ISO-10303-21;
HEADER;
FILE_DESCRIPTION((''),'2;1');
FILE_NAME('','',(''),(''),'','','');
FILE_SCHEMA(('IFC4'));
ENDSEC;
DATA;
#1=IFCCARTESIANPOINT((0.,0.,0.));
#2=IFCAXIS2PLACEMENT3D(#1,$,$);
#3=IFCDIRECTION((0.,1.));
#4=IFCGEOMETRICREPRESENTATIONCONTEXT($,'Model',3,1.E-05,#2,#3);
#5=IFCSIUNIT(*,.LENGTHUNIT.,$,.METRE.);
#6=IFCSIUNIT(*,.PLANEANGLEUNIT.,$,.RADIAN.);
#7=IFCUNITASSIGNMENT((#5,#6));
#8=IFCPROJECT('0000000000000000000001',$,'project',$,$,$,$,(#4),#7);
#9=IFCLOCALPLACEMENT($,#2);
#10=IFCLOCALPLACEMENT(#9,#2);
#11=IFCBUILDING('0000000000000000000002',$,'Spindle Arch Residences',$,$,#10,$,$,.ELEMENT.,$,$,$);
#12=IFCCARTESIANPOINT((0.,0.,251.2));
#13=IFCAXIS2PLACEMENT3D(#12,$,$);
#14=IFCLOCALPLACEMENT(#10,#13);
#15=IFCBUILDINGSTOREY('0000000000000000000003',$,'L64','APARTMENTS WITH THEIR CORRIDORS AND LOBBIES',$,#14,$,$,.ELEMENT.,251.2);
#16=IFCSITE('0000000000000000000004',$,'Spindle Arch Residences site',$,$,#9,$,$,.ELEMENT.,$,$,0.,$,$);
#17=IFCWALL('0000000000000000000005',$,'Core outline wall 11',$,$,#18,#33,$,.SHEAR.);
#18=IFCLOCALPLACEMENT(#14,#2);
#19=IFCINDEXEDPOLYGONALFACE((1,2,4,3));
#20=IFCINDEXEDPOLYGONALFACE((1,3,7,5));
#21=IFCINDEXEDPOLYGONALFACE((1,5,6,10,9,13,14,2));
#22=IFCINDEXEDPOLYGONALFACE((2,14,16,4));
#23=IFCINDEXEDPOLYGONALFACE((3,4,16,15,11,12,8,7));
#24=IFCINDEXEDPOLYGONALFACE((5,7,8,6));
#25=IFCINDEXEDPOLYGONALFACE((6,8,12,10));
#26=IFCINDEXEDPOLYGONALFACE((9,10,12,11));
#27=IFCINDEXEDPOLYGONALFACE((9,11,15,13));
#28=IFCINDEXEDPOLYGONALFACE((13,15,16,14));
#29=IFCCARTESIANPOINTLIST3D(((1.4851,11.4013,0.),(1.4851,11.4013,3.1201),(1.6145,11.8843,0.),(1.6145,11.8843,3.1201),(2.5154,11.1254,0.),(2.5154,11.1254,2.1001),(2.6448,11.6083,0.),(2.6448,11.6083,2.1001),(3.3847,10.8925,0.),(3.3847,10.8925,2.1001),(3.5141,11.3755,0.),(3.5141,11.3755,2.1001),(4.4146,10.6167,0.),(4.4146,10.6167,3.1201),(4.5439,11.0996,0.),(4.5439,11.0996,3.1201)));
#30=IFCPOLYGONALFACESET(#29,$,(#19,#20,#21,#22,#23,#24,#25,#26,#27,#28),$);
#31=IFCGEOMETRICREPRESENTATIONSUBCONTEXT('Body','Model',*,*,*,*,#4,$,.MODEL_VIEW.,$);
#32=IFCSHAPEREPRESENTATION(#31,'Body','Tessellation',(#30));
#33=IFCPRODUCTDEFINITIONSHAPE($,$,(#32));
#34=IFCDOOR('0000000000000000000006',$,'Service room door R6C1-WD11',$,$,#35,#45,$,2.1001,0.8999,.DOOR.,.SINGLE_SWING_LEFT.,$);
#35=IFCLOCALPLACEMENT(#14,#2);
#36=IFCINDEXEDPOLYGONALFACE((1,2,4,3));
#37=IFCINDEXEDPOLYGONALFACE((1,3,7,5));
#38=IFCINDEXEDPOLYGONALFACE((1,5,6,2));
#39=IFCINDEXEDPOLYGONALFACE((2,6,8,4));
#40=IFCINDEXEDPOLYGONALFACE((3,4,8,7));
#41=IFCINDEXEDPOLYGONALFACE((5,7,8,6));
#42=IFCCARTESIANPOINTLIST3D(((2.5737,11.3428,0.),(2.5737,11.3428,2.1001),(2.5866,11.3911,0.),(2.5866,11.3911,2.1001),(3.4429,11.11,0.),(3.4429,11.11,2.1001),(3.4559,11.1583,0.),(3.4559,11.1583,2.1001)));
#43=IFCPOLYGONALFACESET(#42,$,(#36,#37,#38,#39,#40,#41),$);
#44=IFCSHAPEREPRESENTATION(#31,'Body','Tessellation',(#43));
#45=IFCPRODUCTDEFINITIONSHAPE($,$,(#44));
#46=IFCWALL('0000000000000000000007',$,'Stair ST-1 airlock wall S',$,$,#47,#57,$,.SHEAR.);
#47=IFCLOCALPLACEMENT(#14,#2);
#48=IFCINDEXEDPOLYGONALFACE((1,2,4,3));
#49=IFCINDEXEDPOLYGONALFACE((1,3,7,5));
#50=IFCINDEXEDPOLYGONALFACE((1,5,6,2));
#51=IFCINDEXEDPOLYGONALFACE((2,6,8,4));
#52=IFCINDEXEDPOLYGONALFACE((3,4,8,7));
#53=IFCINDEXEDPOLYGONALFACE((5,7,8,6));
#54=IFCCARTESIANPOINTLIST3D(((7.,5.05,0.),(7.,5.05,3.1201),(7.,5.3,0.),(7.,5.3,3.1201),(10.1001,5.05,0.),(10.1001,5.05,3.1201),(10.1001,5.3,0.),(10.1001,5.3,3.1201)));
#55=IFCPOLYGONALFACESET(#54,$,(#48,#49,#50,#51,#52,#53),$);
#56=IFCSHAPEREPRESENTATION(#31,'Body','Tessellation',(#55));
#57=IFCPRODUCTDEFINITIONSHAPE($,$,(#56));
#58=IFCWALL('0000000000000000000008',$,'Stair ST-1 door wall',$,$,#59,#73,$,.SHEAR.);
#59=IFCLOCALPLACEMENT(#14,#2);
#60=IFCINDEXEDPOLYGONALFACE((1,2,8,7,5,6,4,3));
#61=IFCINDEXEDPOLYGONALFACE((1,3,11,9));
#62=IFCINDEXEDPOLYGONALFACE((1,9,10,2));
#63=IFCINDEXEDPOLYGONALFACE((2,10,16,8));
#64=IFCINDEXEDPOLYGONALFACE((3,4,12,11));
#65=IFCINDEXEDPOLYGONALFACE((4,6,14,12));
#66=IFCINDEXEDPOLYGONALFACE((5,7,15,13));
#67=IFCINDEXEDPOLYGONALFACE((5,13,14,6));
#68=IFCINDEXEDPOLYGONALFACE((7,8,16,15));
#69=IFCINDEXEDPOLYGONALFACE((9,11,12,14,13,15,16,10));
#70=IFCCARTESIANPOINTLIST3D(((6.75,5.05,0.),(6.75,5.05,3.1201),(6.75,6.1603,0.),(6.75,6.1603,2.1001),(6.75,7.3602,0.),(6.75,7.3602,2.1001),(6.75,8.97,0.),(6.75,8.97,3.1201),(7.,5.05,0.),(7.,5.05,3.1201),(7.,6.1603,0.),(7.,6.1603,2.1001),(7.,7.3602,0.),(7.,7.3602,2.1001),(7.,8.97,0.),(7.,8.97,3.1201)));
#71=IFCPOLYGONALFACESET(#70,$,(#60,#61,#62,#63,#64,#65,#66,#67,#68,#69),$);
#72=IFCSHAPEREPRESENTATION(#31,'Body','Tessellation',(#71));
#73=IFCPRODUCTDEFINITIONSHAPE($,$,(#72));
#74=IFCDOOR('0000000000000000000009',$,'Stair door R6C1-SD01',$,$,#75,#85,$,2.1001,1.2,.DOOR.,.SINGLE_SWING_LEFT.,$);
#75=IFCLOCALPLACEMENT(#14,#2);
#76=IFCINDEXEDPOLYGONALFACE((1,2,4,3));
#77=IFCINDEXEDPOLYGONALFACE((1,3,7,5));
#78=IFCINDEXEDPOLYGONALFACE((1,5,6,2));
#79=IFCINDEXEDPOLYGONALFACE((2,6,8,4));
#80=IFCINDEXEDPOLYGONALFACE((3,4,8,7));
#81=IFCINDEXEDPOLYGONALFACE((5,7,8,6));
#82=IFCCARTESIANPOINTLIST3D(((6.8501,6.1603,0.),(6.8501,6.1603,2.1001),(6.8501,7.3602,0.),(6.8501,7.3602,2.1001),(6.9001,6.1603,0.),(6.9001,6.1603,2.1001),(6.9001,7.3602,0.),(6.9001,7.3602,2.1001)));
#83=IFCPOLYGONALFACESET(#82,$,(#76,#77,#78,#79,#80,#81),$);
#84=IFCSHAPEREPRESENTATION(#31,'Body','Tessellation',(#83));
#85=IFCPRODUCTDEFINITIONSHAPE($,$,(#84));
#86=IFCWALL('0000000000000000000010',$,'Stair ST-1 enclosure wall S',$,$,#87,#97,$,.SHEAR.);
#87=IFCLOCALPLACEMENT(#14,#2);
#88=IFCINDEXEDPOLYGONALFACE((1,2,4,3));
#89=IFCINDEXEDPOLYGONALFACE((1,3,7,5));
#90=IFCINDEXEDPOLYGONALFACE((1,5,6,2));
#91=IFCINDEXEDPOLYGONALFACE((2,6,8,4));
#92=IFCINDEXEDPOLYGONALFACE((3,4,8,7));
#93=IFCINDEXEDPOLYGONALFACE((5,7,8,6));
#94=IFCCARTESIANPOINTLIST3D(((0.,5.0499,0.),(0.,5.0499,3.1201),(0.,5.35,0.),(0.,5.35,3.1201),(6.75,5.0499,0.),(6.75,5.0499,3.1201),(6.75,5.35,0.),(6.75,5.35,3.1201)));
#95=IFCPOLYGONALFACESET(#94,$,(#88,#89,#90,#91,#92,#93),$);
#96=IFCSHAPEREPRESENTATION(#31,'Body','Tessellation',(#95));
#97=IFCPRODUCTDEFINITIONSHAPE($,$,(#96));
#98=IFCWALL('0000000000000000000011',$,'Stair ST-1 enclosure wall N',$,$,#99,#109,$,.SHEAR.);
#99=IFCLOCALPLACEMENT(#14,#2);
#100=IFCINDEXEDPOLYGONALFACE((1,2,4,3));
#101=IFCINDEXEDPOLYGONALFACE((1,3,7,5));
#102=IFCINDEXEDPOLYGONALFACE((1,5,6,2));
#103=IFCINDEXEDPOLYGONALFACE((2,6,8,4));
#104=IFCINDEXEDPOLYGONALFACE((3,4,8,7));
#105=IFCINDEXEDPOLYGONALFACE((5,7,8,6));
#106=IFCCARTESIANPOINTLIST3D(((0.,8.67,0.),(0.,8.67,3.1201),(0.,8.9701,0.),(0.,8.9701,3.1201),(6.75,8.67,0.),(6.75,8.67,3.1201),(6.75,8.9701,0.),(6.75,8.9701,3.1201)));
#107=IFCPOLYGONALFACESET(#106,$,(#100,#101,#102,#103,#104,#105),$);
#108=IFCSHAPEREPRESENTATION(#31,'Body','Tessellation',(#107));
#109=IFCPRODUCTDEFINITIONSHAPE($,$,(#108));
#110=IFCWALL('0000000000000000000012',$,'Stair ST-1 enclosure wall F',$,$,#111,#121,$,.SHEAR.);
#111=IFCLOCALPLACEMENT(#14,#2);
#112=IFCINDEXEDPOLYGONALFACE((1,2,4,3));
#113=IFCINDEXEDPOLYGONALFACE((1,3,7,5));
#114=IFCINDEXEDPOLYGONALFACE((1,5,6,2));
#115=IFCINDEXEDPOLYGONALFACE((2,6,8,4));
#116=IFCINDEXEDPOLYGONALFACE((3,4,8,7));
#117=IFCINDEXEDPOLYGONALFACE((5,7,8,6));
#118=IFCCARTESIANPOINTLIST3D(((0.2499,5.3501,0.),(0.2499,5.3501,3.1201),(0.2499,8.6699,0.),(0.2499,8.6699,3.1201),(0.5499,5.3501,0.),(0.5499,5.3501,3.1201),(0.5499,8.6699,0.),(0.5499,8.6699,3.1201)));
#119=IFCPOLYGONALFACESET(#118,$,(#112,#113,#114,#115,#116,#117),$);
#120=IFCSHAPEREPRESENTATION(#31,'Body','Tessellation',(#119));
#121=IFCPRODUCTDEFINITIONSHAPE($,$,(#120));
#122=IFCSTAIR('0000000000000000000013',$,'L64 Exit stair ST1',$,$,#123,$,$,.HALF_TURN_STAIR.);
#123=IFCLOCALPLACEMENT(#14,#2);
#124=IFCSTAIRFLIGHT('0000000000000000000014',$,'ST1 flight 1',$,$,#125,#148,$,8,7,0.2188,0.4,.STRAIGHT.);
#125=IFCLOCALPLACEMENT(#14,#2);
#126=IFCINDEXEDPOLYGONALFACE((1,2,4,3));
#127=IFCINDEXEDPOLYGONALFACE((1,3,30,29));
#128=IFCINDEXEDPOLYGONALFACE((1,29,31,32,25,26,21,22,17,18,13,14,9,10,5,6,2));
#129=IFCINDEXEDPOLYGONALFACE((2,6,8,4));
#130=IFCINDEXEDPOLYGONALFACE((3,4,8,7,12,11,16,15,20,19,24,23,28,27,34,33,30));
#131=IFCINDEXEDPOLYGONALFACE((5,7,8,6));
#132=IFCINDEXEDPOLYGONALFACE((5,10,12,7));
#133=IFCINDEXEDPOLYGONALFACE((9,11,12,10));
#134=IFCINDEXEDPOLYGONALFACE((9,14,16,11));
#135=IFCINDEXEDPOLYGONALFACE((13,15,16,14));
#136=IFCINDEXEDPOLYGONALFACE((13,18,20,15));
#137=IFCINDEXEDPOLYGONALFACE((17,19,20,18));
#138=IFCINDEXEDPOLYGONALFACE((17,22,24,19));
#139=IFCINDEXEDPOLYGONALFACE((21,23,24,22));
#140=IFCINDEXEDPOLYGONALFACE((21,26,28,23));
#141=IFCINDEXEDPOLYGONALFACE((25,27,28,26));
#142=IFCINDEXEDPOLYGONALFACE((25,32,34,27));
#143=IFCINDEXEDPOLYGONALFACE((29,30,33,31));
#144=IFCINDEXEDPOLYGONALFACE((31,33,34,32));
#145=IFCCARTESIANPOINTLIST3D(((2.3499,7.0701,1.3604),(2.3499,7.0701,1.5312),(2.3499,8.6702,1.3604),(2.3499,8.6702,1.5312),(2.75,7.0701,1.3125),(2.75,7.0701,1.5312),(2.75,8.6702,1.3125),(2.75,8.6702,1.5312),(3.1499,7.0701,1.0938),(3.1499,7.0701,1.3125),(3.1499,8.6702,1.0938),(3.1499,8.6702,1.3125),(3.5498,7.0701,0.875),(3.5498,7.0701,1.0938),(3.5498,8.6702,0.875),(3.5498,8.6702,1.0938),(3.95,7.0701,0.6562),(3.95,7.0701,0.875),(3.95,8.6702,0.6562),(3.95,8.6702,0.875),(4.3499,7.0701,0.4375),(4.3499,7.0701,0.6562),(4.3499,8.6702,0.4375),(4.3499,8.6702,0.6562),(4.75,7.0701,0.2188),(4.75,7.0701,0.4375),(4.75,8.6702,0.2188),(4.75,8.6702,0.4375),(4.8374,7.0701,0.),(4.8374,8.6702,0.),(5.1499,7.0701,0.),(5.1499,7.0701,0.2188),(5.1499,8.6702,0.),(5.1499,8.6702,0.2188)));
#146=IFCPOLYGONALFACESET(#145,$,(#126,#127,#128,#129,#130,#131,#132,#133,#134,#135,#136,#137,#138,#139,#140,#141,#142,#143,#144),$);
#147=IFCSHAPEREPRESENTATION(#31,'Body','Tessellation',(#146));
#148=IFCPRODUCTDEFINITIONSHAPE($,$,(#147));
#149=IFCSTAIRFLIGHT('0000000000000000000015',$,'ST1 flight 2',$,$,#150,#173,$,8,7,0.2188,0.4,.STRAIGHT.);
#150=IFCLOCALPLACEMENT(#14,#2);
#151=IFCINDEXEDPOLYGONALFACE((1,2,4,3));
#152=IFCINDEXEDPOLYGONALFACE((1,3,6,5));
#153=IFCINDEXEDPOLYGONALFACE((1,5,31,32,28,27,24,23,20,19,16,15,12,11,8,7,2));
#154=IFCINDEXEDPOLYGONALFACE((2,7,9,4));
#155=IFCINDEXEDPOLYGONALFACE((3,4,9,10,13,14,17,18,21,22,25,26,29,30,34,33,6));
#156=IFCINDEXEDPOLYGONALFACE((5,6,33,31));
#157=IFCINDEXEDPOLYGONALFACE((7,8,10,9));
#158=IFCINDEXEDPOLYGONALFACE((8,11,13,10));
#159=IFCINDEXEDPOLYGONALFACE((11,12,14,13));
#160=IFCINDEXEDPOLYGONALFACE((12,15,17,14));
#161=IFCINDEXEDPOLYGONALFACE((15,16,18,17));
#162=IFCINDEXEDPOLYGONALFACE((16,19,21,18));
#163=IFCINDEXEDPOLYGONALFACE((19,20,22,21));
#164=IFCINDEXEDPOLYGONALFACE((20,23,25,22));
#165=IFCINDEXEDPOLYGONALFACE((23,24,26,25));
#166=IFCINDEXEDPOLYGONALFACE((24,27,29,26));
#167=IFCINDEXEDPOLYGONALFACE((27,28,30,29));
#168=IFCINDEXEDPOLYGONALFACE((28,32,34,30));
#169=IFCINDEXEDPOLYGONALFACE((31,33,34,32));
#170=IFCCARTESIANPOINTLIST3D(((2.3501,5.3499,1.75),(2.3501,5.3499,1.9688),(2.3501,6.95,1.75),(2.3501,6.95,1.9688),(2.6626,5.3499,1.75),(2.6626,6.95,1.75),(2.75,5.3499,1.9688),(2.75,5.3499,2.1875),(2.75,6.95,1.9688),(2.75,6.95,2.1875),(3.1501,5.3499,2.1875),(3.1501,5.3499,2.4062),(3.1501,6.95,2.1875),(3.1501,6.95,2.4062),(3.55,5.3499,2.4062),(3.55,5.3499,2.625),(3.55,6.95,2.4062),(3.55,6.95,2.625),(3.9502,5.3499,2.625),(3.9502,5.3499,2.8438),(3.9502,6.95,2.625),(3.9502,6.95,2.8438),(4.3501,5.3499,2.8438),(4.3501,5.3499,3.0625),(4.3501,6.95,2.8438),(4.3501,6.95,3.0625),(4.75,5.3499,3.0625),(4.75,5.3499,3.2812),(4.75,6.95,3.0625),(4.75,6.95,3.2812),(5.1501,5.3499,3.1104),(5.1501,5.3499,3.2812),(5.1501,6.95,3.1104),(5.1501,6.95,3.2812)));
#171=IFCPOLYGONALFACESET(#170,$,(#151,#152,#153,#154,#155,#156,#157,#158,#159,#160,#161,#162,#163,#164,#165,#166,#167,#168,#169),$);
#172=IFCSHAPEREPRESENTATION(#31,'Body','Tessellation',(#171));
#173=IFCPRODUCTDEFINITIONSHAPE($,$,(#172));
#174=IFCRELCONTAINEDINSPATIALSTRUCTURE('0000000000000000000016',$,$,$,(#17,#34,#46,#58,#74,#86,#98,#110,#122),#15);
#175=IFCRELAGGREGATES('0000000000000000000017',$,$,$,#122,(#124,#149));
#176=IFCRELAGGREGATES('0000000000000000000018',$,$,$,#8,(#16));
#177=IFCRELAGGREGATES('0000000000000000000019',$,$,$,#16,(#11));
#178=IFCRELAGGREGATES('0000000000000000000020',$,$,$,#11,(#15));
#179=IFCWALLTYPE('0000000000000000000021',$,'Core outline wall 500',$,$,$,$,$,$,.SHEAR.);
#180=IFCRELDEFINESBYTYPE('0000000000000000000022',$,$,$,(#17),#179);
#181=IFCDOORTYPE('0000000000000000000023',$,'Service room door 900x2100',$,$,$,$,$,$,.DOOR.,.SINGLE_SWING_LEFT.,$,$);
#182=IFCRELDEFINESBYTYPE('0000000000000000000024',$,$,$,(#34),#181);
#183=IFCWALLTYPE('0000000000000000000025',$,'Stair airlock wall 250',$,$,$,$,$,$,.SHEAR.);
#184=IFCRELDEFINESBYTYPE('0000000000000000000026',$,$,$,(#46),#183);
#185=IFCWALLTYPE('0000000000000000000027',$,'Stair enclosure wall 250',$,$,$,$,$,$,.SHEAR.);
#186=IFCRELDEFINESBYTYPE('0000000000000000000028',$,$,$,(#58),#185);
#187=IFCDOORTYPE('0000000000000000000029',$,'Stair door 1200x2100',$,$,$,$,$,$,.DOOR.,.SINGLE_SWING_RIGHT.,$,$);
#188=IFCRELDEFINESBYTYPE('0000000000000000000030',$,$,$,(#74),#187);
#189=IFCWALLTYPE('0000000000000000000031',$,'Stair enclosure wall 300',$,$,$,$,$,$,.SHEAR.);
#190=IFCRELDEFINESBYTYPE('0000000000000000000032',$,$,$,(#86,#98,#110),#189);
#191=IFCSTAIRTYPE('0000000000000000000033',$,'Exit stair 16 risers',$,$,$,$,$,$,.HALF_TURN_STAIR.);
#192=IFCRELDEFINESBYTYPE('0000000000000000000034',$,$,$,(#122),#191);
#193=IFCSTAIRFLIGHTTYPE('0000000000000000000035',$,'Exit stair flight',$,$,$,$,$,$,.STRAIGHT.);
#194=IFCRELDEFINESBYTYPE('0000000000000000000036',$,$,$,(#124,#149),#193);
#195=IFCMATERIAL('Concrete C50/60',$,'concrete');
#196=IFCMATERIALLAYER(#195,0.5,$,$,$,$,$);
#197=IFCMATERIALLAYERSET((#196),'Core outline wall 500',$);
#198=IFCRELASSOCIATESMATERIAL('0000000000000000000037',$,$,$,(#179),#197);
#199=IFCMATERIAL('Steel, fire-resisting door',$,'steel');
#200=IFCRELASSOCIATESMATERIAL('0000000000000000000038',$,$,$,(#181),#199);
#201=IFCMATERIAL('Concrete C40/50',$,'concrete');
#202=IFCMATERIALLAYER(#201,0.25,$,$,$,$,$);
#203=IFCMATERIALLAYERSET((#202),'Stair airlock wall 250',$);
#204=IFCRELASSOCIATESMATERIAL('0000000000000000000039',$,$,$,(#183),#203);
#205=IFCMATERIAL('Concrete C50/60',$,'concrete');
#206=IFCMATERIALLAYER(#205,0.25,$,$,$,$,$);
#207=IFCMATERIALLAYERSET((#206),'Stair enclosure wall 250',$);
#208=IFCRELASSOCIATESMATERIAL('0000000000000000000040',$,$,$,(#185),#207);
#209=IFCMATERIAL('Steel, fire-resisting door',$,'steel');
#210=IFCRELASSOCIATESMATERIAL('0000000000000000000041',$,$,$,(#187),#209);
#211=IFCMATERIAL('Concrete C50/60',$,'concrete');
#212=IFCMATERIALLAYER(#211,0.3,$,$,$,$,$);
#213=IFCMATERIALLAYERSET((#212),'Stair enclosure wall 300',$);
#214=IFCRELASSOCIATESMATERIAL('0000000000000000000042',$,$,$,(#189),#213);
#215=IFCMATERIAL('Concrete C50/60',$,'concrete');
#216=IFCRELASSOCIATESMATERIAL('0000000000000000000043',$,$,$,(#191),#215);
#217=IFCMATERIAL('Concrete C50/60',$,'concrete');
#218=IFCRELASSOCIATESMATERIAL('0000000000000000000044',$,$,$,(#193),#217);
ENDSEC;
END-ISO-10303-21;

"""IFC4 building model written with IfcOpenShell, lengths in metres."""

from ifc_helpers import new_model, si_unit, direction, frame, frame_2d, origin, place, context, subcontext, project, spatial, polyline, rectangle, outline, extrude, material, layer, layer_set, type_object, element, fill, aggregate, save


model = new_model("IFC4")

# Units and contexts
model_context = context("Model", 3, precision=1e-05, world=origin(), true_north=direction((0.0, 1.0)))
body_context = subcontext(model_context, "Body", "Model", "MODEL_VIEW")
ifc_project = project(units=[si_unit("LENGTHUNIT", "METRE"), si_unit("PLANEANGLEUNIT", "RADIAN")], contexts=[model_context])

# Site, building, storey
site_placement = place(None, origin())
site = spatial("IfcSite", under=ifc_project, at=site_placement, Name="Spindle Arch Residences site", CompositionType="ELEMENT", RefElevation=0.0)
building_placement = place(site_placement, origin())
building = spatial("IfcBuilding", under=site, at=building_placement, Name="Spindle Arch Residences", CompositionType="ELEMENT")
storey_placement = place(building_placement, frame((0.0, 0.0, 251.2)))
storey = spatial("IfcBuildingStorey", under=building, at=storey_placement, Name="L64", Description="APARTMENTS WITH THEIR CORRIDORS AND LOBBIES", CompositionType="ELEMENT", Elevation=251.2)

# Wall, opening, door
ifc_material_1 = material(Name="Concrete C50/60", Category="concrete")
ifc_layer_1 = layer(ifc_material_1, 0.5)
ifc_layer_set_1 = layer_set([ifc_layer_1], Name="Core outline wall 500")
wall_type_1 = type_object("IfcWallType", Name="Core outline wall 500", PredefinedType="SHEAR", material=ifc_layer_set_1)
wall_1_placement = place(storey_placement, frame((4.4792, 10.8582, 0.0), z_axis=(0.0, 0.0, 1.0), x_axis=(-0.965948, 0.258735, 0.0)))
wall_1 = element("IfcWall", 1, at=wall_1_placement, inside=storey, type_object=wall_type_1, Name="Core outline wall 11", PredefinedType="SHEAR", context=body_context, shape_type="SweptSolid", body=[
    extrude(rectangle(XDim=3.0327, YDim=0.5, at=frame_2d((1.5164, 0.0))), origin(), (0.0, 0.0, 1.0), 3.1201),
])
opening_1_placement = place(wall_1_placement, frame((1.0662, 0.0, 0.0)))
opening_1 = element("IfcOpeningElement", 2, at=opening_1_placement, cuts=wall_1, PredefinedType="OPENING", context=body_context, shape_type="SweptSolid", body=[
    extrude(rectangle(XDim=0.8999, YDim=2.1001, at=frame_2d((0.45, 1.05))), frame((0.0, 0.26, 0.0), z_axis=(0.0, -1.0, 0.0), x_axis=(1.0, 0.0, 0.0)), (0.0, 0.0, 1.0), 0.52),
])
ifc_material_2 = material(Name="Steel, fire-resisting door", Category="steel")
door_type_1 = type_object("IfcDoorType", Name="Service room door 900x2100", OperationType="SINGLE_SWING_LEFT", PredefinedType="DOOR", material=ifc_material_2)
door_1_placement = place(opening_1_placement, origin())
door_1 = element("IfcDoor", 3, at=door_1_placement, inside=storey, type_object=door_type_1, Name="Service room door R6C1-WD11", OperationType="SINGLE_SWING_LEFT", OverallHeight=2.1001, OverallWidth=0.8999, PredefinedType="DOOR", context=body_context, shape_type="SweptSolid", body=[
    extrude(rectangle(XDim=0.8999, YDim=2.1001, at=frame_2d((0.45, 1.05))), frame((0.0, 0.0249, 0.0), z_axis=(0.0, -1.0, 0.0), x_axis=(1.0, 0.0, 0.0)), (0.0, 0.0, 1.0), 0.05),
])
fill(opening_1, door_1)

# Wall
ifc_material_3 = material(Name="Concrete C40/50", Category="concrete")
ifc_layer_2 = layer(ifc_material_3, 0.25)
ifc_layer_set_2 = layer_set([ifc_layer_2], Name="Stair airlock wall 250")
wall_type_2 = type_object("IfcWallType", Name="Stair airlock wall 250", PredefinedType="SHEAR", material=ifc_layer_set_2)
wall_2_placement = place(storey_placement, frame((7.0, 5.175, 0.0), z_axis=(0.0, 0.0, 1.0), x_axis=(1.0, 0.0, 0.0)))
element("IfcWall", 4, at=wall_2_placement, inside=storey, type_object=wall_type_2, Name="Stair ST-1 airlock wall S", PredefinedType="SHEAR", context=body_context, shape_type="SweptSolid", body=[
    extrude(rectangle(XDim=3.1001, YDim=0.25, at=frame_2d((1.55, 0.0))), origin(), (0.0, 0.0, 1.0), 3.1201),
])

# Wall, opening, door
ifc_material_4 = material(Name="Concrete C50/60", Category="concrete")
ifc_layer_3 = layer(ifc_material_4, 0.25)
ifc_layer_set_3 = layer_set([ifc_layer_3], Name="Stair enclosure wall 250")
wall_type_3 = type_object("IfcWallType", Name="Stair enclosure wall 250", PredefinedType="SHEAR", material=ifc_layer_set_3)
wall_3_placement = place(storey_placement, frame((6.875, 5.05, 0.0), z_axis=(0.0, 0.0, 1.0), x_axis=(0.0, 1.0, 0.0)))
wall_3 = element("IfcWall", 5, at=wall_3_placement, inside=storey, type_object=wall_type_3, Name="Stair ST-1 door wall", PredefinedType="SHEAR", context=body_context, shape_type="SweptSolid", body=[
    extrude(rectangle(XDim=3.9199, YDim=0.25, at=frame_2d((1.96, 0.0))), origin(), (0.0, 0.0, 1.0), 3.1201),
])
opening_2_placement = place(wall_3_placement, frame((1.1101, 0.0, 0.0)))
opening_2 = element("IfcOpeningElement", 6, at=opening_2_placement, cuts=wall_3, PredefinedType="OPENING", context=body_context, shape_type="SweptSolid", body=[
    extrude(rectangle(XDim=1.2, YDim=2.1001, at=frame_2d((0.6001, 1.05))), frame((0.0, 0.135, 0.0), z_axis=(0.0, -1.0, 0.0), x_axis=(1.0, 0.0, 0.0)), (0.0, 0.0, 1.0), 0.27),
])
ifc_material_5 = material(Name="Steel, fire-resisting door", Category="steel")
door_type_2 = type_object("IfcDoorType", Name="Stair door 1200x2100", OperationType="SINGLE_SWING_RIGHT", PredefinedType="DOOR", material=ifc_material_5)
door_2_placement = place(opening_2_placement, origin())
door_2 = element("IfcDoor", 7, at=door_2_placement, inside=storey, type_object=door_type_2, Name="Stair door R6C1-SD01", OperationType="SINGLE_SWING_LEFT", OverallHeight=2.1001, OverallWidth=1.2, PredefinedType="DOOR", context=body_context, shape_type="SweptSolid", body=[
    extrude(rectangle(XDim=1.2, YDim=2.1001, at=frame_2d((0.6001, 1.05))), frame((0.0, 0.0249, 0.0), z_axis=(0.0, -1.0, 0.0), x_axis=(1.0, 0.0, 0.0)), (0.0, 0.0, 1.0), 0.05),
])
fill(opening_2, door_2)

# Walls
ifc_material_6 = material(Name="Concrete C50/60", Category="concrete")
ifc_layer_4 = layer(ifc_material_6, 0.3)
ifc_layer_set_4 = layer_set([ifc_layer_4], Name="Stair enclosure wall 300")
wall_type_4 = type_object("IfcWallType", Name="Stair enclosure wall 300", PredefinedType="SHEAR", material=ifc_layer_set_4)
for number, where, z_axis, x_axis, name in (
    (8, (0.0, 5.2, 0.0), (0.0, 0.0, 1.0), (1.0, 0.0, 0.0), "Stair ST-1 enclosure wall S"),
    (9, (0.0, 8.8201, 0.0), (0.0, 0.0, 1.0), (1.0, 0.0, 0.0), "Stair ST-1 enclosure wall N"),
):
    element("IfcWall", number, at=place(storey_placement, frame(where, z_axis=z_axis, x_axis=x_axis)), inside=storey, type_object=wall_type_4, Name=name, PredefinedType="SHEAR", context=body_context, shape_type="SweptSolid", body=[
        extrude(rectangle(XDim=6.75, YDim=0.3, at=frame_2d((3.375, 0.0))), origin(), (0.0, 0.0, 1.0), 3.1201),
    ])
wall_4_placement = place(storey_placement, frame((0.3999, 5.3501, 0.0), z_axis=(0.0, 0.0, 1.0), x_axis=(0.0, 1.0, 0.0)))
element("IfcWall", 10, at=wall_4_placement, inside=storey, type_object=wall_type_4, Name="Stair ST-1 enclosure wall F", PredefinedType="SHEAR", context=body_context, shape_type="SweptSolid", body=[
    extrude(rectangle(XDim=3.3198, YDim=0.3, at=frame_2d((1.6599, 0.0))), origin(), (0.0, 0.0, 1.0), 3.1201),
])

# Stair, stair flights
ifc_material_7 = material(Name="Concrete C50/60", Category="concrete")
stair_type = type_object("IfcStairType", Name="Exit stair 16 risers", PredefinedType="HALF_TURN_STAIR", material=ifc_material_7)
stair_placement = place(storey_placement, origin())
stair = element("IfcStair", 11, at=stair_placement, inside=storey, type_object=stair_type, Name="L64 Exit stair ST1", PredefinedType="HALF_TURN_STAIR")
ifc_material_8 = material(Name="Concrete C50/60", Category="concrete")
stair_flight_type = type_object("IfcStairFlightType", Name="Exit stair flight", PredefinedType="STRAIGHT", material=ifc_material_8)
stair_flight_1_placement = place(storey_placement, frame((5.1499, 7.8701, 0.0), z_axis=(0.0, 0.0, 1.0), x_axis=(-1.0, 0.0, 0.0)))
stair_flight_1 = element("IfcStairFlight", 12, at=stair_flight_1_placement, type_object=stair_flight_type, Name="ST1 flight 1", NumberOfRisers=8, NumberOfTreads=7, PredefinedType="STRAIGHT", RiserHeight=0.2188, TreadLength=0.4, context=body_context, shape_type="SweptSolid", body=[
    extrude(outline(polyline([(0.0, 0.0), (0.0, 0.2188), (0.3999, 0.2188), (0.3999, 0.4375), (0.8, 0.4375), (0.8, 0.6562), (1.2, 0.6562), (1.2, 0.875), (1.6001, 0.875), (1.6001, 1.0938), (2.0, 1.0938), (2.0, 1.3125), (2.3999, 1.3125), (2.3999, 1.5312), (2.8, 1.5312), (2.8, 1.75), (2.8, 1.3604), (0.3125, 0.0), (0.0, 0.0)])), frame((0.0, 0.8, 0.0), z_axis=(0.0, -1.0, 0.0), x_axis=(1.0, 0.0, 0.0)), (0.0, 0.0, 1.0), 1.6001),
])
stair_flight_2_placement = place(storey_placement, frame((2.3501, 6.1499, 1.75), z_axis=(0.0, 0.0, 1.0), x_axis=(1.0, 0.0, 0.0)))
stair_flight_2 = element("IfcStairFlight", 13, at=stair_flight_2_placement, type_object=stair_flight_type, Name="ST1 flight 2", NumberOfRisers=8, NumberOfTreads=7, PredefinedType="STRAIGHT", RiserHeight=0.2188, TreadLength=0.4, context=body_context, shape_type="SweptSolid", body=[
    extrude(outline(polyline([(0.0, 0.0), (0.0, 0.2188), (0.3999, 0.2188), (0.3999, 0.4375), (0.8, 0.4375), (0.8, 0.6562), (1.2, 0.6562), (1.2, 0.875), (1.6001, 0.875), (1.6001, 1.0938), (2.0, 1.0938), (2.0, 1.3125), (2.3999, 1.3125), (2.3999, 1.5312), (2.8, 1.5312), (2.8, 1.75), (2.8, 1.3604), (0.3125, 0.0), (0.0, 0.0)])), frame((0.0, 0.8, 0.0), z_axis=(0.0, -1.0, 0.0), x_axis=(1.0, 0.0, 0.0)), (0.0, 0.0, 1.0), 1.6001),
])
aggregate(stair, [stair_flight_1, stair_flight_2])

save(model, "model.ifc")
